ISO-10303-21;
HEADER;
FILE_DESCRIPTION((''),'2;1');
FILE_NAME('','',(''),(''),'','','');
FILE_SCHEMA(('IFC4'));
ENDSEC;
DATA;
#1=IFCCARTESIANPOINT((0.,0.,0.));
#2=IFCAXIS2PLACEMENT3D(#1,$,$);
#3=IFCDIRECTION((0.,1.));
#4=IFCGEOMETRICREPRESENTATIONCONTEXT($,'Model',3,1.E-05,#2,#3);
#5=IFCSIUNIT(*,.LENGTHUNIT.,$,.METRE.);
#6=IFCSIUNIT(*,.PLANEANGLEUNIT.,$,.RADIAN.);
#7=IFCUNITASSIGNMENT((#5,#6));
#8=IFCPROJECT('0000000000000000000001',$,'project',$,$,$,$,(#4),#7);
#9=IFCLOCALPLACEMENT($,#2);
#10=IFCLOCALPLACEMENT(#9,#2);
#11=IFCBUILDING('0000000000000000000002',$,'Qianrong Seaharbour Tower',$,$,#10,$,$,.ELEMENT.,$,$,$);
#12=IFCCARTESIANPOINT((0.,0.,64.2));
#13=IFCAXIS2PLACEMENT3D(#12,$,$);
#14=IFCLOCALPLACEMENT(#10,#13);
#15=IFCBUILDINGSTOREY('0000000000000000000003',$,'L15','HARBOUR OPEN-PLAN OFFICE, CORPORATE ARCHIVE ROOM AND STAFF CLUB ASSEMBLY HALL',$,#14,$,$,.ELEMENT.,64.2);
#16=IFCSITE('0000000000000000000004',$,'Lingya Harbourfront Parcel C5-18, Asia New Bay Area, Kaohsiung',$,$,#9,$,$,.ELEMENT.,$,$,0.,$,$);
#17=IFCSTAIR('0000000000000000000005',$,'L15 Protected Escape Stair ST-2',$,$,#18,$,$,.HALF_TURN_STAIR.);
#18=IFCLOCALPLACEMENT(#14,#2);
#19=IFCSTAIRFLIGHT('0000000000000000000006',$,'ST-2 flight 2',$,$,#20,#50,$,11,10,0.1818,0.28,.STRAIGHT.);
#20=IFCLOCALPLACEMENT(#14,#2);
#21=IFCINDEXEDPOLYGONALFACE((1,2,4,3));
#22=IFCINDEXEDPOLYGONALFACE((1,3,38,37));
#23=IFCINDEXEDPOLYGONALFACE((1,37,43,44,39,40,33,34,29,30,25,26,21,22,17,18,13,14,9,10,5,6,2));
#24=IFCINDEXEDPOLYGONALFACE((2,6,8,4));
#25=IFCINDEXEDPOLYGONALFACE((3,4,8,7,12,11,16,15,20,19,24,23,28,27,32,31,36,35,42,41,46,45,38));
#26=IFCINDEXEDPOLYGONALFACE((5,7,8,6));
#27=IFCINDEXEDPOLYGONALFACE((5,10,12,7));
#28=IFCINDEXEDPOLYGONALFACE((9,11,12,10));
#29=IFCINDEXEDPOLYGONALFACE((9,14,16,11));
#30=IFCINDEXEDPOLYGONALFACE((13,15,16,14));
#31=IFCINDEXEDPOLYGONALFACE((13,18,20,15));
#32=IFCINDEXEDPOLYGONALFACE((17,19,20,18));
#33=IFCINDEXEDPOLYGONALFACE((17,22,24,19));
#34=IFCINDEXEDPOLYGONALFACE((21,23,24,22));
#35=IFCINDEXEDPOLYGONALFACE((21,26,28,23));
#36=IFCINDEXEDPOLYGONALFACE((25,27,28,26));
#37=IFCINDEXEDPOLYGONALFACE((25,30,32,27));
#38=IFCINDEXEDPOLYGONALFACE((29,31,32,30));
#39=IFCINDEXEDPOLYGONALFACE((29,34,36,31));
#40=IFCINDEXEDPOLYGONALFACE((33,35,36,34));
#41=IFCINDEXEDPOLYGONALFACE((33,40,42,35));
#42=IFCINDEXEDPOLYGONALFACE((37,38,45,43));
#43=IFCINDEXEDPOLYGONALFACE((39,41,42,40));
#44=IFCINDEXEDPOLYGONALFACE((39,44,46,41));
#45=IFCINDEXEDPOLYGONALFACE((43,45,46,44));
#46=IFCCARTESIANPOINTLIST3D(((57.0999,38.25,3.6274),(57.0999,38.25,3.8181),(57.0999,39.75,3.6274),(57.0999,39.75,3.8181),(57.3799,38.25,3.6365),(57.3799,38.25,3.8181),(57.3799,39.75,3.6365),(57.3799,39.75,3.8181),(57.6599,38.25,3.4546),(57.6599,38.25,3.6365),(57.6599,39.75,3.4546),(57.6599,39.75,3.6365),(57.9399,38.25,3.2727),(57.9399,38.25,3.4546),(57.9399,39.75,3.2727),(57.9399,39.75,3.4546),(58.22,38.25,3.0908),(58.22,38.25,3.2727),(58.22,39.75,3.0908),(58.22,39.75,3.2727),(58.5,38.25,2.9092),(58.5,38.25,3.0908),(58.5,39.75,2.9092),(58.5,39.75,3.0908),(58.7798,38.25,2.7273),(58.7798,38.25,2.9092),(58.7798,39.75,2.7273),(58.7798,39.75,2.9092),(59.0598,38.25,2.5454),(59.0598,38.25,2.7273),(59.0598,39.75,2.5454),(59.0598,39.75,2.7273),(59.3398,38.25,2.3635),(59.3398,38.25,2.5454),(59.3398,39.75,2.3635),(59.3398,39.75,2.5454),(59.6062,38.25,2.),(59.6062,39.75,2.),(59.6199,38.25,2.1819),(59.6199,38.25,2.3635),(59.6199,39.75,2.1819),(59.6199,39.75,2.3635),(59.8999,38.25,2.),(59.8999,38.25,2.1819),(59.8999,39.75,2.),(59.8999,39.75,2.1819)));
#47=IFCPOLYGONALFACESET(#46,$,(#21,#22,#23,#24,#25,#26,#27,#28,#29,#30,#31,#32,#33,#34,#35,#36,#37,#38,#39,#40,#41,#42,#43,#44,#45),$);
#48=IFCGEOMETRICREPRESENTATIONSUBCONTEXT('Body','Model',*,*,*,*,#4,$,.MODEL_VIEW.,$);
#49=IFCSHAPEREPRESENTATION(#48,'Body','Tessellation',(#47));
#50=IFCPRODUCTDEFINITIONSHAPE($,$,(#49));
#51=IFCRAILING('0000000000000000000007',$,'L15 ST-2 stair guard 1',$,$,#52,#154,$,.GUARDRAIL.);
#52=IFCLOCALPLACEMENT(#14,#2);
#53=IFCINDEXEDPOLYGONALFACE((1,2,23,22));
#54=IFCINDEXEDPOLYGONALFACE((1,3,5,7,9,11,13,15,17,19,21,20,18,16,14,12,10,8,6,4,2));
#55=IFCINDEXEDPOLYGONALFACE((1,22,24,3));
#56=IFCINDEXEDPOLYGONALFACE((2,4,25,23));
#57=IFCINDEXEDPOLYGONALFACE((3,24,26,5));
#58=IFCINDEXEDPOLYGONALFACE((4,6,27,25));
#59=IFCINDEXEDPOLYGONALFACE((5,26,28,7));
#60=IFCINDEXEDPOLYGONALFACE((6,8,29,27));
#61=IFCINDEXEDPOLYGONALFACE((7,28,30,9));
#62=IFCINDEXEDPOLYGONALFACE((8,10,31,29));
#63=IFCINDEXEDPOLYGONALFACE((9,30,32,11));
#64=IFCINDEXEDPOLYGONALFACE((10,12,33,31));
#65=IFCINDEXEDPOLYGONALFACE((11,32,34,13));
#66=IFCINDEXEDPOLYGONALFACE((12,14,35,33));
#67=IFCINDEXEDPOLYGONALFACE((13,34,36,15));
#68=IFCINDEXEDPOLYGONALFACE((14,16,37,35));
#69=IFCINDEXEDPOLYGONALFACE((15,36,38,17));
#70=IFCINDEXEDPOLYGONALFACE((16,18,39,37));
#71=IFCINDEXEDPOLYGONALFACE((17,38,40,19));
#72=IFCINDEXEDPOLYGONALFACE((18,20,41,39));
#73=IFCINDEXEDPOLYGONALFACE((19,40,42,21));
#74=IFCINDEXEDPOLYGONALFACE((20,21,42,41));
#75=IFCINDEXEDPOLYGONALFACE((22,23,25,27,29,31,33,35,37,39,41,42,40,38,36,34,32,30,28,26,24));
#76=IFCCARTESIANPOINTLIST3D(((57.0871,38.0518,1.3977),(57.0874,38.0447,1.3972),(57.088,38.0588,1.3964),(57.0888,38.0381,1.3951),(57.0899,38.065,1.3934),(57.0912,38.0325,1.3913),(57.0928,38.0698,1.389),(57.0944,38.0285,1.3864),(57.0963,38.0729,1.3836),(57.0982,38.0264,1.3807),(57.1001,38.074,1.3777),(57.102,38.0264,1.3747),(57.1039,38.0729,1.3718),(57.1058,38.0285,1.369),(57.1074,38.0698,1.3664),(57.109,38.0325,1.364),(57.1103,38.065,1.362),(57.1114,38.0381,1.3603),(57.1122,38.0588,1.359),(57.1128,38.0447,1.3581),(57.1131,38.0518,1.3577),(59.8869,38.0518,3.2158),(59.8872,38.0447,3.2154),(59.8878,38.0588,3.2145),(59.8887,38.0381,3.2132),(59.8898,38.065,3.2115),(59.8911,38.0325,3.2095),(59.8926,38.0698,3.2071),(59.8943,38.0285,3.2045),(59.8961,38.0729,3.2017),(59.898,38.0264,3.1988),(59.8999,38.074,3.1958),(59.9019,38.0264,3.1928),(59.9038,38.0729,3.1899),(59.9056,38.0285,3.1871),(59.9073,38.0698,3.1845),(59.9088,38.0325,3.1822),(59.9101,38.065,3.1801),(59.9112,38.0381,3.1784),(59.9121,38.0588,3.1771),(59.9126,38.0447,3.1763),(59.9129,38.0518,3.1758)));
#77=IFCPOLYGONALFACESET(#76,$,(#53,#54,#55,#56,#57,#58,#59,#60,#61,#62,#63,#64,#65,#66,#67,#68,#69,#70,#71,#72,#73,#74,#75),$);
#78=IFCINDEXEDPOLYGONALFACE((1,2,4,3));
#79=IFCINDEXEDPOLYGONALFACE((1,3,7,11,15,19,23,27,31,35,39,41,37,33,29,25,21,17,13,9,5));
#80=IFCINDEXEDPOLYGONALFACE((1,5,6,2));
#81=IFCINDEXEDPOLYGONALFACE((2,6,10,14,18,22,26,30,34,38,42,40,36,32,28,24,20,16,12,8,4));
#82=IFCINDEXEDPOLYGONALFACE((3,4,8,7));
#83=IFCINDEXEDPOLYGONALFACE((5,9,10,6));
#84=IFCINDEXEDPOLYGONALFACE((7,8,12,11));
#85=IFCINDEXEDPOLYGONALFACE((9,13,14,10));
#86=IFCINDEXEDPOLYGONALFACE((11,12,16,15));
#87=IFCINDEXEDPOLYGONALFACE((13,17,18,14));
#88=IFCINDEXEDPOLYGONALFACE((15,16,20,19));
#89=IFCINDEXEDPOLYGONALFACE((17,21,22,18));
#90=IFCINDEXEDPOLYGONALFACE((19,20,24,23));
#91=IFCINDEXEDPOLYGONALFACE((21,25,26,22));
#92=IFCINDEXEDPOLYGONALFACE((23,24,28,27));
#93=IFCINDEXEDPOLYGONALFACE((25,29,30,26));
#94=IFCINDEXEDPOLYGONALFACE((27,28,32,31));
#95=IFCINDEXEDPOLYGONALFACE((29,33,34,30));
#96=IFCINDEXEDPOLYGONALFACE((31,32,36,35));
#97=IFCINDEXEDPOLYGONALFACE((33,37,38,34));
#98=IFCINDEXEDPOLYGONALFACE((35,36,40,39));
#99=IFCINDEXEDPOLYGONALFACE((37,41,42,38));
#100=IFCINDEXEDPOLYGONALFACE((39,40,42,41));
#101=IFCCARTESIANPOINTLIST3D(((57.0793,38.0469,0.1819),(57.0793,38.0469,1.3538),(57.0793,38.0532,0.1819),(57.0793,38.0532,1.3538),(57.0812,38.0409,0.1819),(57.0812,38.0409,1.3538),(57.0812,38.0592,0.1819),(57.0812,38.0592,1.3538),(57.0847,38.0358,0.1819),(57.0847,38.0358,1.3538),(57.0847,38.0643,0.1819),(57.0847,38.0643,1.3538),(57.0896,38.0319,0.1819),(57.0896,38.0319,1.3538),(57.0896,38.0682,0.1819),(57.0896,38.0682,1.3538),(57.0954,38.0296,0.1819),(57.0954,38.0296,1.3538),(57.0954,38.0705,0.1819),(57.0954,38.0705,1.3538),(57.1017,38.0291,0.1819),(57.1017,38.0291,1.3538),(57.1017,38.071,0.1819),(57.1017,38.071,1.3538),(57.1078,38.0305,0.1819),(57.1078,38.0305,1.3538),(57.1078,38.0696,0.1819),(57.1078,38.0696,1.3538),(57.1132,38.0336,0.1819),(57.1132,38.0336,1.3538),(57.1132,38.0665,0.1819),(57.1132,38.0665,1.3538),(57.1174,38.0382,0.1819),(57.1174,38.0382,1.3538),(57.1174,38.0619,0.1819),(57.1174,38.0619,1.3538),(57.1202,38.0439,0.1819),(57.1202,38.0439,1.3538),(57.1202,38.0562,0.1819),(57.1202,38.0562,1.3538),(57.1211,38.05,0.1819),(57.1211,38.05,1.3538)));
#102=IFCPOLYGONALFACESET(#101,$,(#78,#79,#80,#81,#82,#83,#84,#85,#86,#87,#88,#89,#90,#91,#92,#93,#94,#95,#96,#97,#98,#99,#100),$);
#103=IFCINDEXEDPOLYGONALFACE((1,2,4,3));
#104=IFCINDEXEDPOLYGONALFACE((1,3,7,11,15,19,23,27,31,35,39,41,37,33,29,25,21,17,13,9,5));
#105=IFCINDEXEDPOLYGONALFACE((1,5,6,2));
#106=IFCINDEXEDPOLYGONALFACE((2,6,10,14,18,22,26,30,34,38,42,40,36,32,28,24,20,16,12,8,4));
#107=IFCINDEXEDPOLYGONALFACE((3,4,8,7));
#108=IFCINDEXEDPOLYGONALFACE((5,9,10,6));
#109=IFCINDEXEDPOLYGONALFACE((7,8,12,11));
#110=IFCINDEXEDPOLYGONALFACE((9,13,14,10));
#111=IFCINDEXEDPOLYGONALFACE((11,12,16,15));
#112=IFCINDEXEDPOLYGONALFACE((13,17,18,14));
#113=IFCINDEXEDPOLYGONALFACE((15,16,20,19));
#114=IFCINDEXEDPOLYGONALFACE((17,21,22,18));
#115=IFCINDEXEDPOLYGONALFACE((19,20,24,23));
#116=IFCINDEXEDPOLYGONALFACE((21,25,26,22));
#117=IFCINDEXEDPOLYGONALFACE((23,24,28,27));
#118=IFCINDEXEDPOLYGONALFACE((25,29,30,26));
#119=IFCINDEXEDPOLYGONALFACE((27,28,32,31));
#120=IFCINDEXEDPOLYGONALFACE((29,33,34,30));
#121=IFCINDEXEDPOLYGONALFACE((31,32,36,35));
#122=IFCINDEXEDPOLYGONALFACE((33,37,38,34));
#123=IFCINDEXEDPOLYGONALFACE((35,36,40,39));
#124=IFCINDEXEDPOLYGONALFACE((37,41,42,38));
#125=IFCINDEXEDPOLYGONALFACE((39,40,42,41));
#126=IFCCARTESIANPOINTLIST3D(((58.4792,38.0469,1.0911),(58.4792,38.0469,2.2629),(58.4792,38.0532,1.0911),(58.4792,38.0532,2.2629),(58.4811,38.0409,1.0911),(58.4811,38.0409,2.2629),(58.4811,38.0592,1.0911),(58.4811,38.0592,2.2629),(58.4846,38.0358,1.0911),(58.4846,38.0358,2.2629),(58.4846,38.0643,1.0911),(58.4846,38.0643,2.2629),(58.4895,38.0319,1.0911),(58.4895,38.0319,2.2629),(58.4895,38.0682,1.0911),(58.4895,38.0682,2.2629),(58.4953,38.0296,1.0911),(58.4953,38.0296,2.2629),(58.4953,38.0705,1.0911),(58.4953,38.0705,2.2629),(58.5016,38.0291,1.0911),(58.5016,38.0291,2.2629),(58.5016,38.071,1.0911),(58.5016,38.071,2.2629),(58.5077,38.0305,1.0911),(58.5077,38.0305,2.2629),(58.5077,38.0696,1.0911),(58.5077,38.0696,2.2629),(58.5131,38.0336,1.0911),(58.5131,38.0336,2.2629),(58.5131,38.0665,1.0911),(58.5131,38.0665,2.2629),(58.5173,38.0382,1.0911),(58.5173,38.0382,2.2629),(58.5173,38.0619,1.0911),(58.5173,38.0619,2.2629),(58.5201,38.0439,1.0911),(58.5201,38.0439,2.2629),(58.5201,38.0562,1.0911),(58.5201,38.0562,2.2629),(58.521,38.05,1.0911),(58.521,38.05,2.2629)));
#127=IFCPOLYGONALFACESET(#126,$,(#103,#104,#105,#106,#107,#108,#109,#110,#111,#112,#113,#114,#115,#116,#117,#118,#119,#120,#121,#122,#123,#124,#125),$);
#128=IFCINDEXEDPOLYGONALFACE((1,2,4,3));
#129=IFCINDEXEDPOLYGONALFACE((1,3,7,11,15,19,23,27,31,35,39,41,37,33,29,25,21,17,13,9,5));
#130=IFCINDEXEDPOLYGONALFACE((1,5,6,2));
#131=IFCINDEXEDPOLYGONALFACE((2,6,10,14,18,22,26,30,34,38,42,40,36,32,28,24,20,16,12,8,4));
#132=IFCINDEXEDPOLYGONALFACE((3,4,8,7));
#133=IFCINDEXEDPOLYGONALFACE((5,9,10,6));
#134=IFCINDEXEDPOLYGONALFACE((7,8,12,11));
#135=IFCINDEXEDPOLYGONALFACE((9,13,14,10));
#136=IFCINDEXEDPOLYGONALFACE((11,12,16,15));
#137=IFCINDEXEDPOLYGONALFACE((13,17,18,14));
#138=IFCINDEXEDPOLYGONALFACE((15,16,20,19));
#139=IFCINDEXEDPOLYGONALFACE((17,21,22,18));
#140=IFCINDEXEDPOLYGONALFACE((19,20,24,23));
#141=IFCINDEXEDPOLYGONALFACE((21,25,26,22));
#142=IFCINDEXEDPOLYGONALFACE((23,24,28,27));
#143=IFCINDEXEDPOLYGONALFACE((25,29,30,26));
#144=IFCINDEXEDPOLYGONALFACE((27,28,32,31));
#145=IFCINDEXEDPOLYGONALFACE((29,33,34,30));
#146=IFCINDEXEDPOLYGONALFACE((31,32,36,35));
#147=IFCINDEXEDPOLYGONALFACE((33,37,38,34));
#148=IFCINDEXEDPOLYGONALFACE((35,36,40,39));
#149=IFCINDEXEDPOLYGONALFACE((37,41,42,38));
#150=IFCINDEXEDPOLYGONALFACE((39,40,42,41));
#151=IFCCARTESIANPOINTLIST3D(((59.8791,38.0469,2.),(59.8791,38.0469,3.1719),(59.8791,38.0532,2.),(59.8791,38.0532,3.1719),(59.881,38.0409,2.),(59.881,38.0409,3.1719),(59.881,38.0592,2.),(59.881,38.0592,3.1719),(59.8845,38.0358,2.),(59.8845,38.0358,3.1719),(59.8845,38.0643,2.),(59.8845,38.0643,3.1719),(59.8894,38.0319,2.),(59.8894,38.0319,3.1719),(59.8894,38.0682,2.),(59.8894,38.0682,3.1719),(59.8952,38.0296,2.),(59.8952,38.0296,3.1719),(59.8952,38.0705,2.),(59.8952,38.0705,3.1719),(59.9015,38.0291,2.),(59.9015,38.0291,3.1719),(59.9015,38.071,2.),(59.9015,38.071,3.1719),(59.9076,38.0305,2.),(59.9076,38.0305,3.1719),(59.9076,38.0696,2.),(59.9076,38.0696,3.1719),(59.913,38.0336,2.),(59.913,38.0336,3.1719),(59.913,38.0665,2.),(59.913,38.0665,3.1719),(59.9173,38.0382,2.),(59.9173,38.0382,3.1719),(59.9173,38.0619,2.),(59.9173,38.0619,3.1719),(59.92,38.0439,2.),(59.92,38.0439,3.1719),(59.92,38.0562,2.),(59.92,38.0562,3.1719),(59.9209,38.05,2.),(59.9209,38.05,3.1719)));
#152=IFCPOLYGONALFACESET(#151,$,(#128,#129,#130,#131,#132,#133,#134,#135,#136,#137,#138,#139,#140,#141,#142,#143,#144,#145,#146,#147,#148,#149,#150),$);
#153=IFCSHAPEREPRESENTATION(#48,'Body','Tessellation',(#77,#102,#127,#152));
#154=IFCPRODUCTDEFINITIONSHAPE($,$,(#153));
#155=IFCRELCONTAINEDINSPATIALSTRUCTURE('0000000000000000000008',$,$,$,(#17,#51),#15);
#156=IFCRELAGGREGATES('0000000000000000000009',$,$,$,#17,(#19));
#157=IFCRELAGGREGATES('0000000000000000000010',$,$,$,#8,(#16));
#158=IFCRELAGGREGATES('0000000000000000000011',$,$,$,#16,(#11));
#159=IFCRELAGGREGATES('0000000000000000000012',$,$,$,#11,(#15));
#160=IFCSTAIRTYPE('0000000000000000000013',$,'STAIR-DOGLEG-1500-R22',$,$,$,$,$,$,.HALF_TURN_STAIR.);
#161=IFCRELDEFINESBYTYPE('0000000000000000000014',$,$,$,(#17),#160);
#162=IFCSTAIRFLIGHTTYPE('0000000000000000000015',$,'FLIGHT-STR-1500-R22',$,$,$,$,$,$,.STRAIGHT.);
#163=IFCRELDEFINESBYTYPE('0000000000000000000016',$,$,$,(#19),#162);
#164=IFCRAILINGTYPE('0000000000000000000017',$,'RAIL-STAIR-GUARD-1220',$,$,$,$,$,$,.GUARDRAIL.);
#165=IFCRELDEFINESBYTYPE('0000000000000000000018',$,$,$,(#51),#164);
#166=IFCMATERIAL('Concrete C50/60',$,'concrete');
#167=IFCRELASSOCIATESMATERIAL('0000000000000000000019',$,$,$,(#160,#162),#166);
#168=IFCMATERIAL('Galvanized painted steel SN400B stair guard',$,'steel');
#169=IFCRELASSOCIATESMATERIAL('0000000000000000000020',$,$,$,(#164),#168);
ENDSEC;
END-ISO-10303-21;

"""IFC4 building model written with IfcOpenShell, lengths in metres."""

from ifc_helpers import new_model, si_unit, direction, frame, origin, origin_2d, place, context, subcontext, project, spatial, polyline, circle, outline, extrude, material, type_object, element, aggregate, save


model = new_model("IFC4")

# Units and contexts
model_context = context("Model", 3, precision=1e-05, world=origin(), true_north=direction((0.0, 1.0)))
body_context = subcontext(model_context, "Body", "Model", "MODEL_VIEW")
ifc_project = project(units=[si_unit("LENGTHUNIT", "METRE"), si_unit("PLANEANGLEUNIT", "RADIAN")], contexts=[model_context])

# Site, building, storey
site_placement = place(None, origin())
site = spatial("IfcSite", under=ifc_project, at=site_placement, Name="Lingya Harbourfront Parcel C5-18, Asia New Bay Area, Kaohsiung", CompositionType="ELEMENT", RefElevation=0.0)
building_placement = place(site_placement, origin())
building = spatial("IfcBuilding", under=site, at=building_placement, Name="Qianrong Seaharbour Tower", CompositionType="ELEMENT")
storey_placement = place(building_placement, frame((0.0, 0.0, 64.2)))
storey = spatial("IfcBuildingStorey", under=building, at=storey_placement, Name="L15", Description="HARBOUR OPEN-PLAN OFFICE, CORPORATE ARCHIVE ROOM AND STAFF CLUB ASSEMBLY HALL", CompositionType="ELEMENT", Elevation=64.2)

# Shared definitions
ifc_material_1 = material(Name="Concrete C50/60", Category="concrete")

# Stair, stair flight
stair_type = type_object("IfcStairType", Name="STAIR-DOGLEG-1500-R22", PredefinedType="HALF_TURN_STAIR", material=ifc_material_1)
stair_placement = place(storey_placement, origin())
stair = element("IfcStair", 1, at=stair_placement, inside=storey, type_object=stair_type, Name="L15 Protected Escape Stair ST-2", PredefinedType="HALF_TURN_STAIR")
stair_flight_type = type_object("IfcStairFlightType", Name="FLIGHT-STR-1500-R22", PredefinedType="STRAIGHT", material=ifc_material_1)
stair_flight_1_placement = place(storey_placement, frame((59.8999, 39.0, 2.0), z_axis=(0.0, 0.0, 1.0), x_axis=(-1.0, 0.0, 0.0)))
stair_flight_1 = element("IfcStairFlight", 2, at=stair_flight_1_placement, type_object=stair_flight_type, Name="ST-2 flight 2", NumberOfRisers=11, NumberOfTreads=10, PredefinedType="STRAIGHT", RiserHeight=0.1818, TreadLength=0.28, context=body_context, shape_type="SweptSolid", body=[
    extrude(outline(polyline([(0.0, 0.0), (0.0, 0.1819), (0.28, 0.1819), (0.28, 0.3635), (0.5601, 0.3635), (0.5601, 0.5454), (0.8401, 0.5454), (0.8401, 0.7273), (1.1201, 0.7273), (1.1201, 0.9092), (1.3999, 0.9092), (1.3999, 1.0908), (1.6799, 1.0908), (1.6799, 1.2727), (1.96, 1.2727), (1.96, 1.4546), (2.24, 1.4546), (2.24, 1.6365), (2.52, 1.6365), (2.52, 1.8181), (2.8, 1.8181), (2.8, 2.0), (2.8, 1.6274), (0.2937, 0.0), (0.0, 0.0)])), frame((0.0, 0.75, 0.0), z_axis=(0.0, -1.0, 0.0), x_axis=(1.0, 0.0, 0.0)), (0.0, 0.0, 1.0), 1.5),
])
aggregate(stair, [stair_flight_1])

# Railing
ifc_material_2 = material(Name="Galvanized painted steel SN400B stair guard", Category="steel")
railing_type_1 = type_object("IfcRailingType", Name="RAIL-STAIR-GUARD-1220", PredefinedType="GUARDRAIL", material=ifc_material_2)
railing_1_placement = place(storey_placement, frame((57.1001, 38.05, 0.1819)))
element("IfcRailing", 3, at=railing_1_placement, inside=storey, type_object=railing_type_1, Name="L15 ST-2 stair guard 1", PredefinedType="GUARDRAIL", context=body_context, shape_type="SweptSolid", body=[
    extrude(circle(Radius=0.0239, at=origin_2d()), frame((0.0, 0.0, 1.1958), z_axis=(0.838684, 0.0, 0.544618), x_axis=(0.0, 1.0, 0.0)), (0.0, 0.0, 1.0), 3.3384),
    extrude(circle(Radius=0.021, at=origin_2d()), origin(), (0.0, 0.0, 1.0), 1.1719),
    extrude(circle(Radius=0.021, at=origin_2d()), frame((1.3999, 0.0, 0.9092)), (0.0, 0.0, 1.0), 1.1719),
    extrude(circle(Radius=0.021, at=origin_2d()), frame((2.7998, 0.0, 1.8181)), (0.0, 0.0, 1.0), 1.1719),
])

save(model, "model.ifc")
